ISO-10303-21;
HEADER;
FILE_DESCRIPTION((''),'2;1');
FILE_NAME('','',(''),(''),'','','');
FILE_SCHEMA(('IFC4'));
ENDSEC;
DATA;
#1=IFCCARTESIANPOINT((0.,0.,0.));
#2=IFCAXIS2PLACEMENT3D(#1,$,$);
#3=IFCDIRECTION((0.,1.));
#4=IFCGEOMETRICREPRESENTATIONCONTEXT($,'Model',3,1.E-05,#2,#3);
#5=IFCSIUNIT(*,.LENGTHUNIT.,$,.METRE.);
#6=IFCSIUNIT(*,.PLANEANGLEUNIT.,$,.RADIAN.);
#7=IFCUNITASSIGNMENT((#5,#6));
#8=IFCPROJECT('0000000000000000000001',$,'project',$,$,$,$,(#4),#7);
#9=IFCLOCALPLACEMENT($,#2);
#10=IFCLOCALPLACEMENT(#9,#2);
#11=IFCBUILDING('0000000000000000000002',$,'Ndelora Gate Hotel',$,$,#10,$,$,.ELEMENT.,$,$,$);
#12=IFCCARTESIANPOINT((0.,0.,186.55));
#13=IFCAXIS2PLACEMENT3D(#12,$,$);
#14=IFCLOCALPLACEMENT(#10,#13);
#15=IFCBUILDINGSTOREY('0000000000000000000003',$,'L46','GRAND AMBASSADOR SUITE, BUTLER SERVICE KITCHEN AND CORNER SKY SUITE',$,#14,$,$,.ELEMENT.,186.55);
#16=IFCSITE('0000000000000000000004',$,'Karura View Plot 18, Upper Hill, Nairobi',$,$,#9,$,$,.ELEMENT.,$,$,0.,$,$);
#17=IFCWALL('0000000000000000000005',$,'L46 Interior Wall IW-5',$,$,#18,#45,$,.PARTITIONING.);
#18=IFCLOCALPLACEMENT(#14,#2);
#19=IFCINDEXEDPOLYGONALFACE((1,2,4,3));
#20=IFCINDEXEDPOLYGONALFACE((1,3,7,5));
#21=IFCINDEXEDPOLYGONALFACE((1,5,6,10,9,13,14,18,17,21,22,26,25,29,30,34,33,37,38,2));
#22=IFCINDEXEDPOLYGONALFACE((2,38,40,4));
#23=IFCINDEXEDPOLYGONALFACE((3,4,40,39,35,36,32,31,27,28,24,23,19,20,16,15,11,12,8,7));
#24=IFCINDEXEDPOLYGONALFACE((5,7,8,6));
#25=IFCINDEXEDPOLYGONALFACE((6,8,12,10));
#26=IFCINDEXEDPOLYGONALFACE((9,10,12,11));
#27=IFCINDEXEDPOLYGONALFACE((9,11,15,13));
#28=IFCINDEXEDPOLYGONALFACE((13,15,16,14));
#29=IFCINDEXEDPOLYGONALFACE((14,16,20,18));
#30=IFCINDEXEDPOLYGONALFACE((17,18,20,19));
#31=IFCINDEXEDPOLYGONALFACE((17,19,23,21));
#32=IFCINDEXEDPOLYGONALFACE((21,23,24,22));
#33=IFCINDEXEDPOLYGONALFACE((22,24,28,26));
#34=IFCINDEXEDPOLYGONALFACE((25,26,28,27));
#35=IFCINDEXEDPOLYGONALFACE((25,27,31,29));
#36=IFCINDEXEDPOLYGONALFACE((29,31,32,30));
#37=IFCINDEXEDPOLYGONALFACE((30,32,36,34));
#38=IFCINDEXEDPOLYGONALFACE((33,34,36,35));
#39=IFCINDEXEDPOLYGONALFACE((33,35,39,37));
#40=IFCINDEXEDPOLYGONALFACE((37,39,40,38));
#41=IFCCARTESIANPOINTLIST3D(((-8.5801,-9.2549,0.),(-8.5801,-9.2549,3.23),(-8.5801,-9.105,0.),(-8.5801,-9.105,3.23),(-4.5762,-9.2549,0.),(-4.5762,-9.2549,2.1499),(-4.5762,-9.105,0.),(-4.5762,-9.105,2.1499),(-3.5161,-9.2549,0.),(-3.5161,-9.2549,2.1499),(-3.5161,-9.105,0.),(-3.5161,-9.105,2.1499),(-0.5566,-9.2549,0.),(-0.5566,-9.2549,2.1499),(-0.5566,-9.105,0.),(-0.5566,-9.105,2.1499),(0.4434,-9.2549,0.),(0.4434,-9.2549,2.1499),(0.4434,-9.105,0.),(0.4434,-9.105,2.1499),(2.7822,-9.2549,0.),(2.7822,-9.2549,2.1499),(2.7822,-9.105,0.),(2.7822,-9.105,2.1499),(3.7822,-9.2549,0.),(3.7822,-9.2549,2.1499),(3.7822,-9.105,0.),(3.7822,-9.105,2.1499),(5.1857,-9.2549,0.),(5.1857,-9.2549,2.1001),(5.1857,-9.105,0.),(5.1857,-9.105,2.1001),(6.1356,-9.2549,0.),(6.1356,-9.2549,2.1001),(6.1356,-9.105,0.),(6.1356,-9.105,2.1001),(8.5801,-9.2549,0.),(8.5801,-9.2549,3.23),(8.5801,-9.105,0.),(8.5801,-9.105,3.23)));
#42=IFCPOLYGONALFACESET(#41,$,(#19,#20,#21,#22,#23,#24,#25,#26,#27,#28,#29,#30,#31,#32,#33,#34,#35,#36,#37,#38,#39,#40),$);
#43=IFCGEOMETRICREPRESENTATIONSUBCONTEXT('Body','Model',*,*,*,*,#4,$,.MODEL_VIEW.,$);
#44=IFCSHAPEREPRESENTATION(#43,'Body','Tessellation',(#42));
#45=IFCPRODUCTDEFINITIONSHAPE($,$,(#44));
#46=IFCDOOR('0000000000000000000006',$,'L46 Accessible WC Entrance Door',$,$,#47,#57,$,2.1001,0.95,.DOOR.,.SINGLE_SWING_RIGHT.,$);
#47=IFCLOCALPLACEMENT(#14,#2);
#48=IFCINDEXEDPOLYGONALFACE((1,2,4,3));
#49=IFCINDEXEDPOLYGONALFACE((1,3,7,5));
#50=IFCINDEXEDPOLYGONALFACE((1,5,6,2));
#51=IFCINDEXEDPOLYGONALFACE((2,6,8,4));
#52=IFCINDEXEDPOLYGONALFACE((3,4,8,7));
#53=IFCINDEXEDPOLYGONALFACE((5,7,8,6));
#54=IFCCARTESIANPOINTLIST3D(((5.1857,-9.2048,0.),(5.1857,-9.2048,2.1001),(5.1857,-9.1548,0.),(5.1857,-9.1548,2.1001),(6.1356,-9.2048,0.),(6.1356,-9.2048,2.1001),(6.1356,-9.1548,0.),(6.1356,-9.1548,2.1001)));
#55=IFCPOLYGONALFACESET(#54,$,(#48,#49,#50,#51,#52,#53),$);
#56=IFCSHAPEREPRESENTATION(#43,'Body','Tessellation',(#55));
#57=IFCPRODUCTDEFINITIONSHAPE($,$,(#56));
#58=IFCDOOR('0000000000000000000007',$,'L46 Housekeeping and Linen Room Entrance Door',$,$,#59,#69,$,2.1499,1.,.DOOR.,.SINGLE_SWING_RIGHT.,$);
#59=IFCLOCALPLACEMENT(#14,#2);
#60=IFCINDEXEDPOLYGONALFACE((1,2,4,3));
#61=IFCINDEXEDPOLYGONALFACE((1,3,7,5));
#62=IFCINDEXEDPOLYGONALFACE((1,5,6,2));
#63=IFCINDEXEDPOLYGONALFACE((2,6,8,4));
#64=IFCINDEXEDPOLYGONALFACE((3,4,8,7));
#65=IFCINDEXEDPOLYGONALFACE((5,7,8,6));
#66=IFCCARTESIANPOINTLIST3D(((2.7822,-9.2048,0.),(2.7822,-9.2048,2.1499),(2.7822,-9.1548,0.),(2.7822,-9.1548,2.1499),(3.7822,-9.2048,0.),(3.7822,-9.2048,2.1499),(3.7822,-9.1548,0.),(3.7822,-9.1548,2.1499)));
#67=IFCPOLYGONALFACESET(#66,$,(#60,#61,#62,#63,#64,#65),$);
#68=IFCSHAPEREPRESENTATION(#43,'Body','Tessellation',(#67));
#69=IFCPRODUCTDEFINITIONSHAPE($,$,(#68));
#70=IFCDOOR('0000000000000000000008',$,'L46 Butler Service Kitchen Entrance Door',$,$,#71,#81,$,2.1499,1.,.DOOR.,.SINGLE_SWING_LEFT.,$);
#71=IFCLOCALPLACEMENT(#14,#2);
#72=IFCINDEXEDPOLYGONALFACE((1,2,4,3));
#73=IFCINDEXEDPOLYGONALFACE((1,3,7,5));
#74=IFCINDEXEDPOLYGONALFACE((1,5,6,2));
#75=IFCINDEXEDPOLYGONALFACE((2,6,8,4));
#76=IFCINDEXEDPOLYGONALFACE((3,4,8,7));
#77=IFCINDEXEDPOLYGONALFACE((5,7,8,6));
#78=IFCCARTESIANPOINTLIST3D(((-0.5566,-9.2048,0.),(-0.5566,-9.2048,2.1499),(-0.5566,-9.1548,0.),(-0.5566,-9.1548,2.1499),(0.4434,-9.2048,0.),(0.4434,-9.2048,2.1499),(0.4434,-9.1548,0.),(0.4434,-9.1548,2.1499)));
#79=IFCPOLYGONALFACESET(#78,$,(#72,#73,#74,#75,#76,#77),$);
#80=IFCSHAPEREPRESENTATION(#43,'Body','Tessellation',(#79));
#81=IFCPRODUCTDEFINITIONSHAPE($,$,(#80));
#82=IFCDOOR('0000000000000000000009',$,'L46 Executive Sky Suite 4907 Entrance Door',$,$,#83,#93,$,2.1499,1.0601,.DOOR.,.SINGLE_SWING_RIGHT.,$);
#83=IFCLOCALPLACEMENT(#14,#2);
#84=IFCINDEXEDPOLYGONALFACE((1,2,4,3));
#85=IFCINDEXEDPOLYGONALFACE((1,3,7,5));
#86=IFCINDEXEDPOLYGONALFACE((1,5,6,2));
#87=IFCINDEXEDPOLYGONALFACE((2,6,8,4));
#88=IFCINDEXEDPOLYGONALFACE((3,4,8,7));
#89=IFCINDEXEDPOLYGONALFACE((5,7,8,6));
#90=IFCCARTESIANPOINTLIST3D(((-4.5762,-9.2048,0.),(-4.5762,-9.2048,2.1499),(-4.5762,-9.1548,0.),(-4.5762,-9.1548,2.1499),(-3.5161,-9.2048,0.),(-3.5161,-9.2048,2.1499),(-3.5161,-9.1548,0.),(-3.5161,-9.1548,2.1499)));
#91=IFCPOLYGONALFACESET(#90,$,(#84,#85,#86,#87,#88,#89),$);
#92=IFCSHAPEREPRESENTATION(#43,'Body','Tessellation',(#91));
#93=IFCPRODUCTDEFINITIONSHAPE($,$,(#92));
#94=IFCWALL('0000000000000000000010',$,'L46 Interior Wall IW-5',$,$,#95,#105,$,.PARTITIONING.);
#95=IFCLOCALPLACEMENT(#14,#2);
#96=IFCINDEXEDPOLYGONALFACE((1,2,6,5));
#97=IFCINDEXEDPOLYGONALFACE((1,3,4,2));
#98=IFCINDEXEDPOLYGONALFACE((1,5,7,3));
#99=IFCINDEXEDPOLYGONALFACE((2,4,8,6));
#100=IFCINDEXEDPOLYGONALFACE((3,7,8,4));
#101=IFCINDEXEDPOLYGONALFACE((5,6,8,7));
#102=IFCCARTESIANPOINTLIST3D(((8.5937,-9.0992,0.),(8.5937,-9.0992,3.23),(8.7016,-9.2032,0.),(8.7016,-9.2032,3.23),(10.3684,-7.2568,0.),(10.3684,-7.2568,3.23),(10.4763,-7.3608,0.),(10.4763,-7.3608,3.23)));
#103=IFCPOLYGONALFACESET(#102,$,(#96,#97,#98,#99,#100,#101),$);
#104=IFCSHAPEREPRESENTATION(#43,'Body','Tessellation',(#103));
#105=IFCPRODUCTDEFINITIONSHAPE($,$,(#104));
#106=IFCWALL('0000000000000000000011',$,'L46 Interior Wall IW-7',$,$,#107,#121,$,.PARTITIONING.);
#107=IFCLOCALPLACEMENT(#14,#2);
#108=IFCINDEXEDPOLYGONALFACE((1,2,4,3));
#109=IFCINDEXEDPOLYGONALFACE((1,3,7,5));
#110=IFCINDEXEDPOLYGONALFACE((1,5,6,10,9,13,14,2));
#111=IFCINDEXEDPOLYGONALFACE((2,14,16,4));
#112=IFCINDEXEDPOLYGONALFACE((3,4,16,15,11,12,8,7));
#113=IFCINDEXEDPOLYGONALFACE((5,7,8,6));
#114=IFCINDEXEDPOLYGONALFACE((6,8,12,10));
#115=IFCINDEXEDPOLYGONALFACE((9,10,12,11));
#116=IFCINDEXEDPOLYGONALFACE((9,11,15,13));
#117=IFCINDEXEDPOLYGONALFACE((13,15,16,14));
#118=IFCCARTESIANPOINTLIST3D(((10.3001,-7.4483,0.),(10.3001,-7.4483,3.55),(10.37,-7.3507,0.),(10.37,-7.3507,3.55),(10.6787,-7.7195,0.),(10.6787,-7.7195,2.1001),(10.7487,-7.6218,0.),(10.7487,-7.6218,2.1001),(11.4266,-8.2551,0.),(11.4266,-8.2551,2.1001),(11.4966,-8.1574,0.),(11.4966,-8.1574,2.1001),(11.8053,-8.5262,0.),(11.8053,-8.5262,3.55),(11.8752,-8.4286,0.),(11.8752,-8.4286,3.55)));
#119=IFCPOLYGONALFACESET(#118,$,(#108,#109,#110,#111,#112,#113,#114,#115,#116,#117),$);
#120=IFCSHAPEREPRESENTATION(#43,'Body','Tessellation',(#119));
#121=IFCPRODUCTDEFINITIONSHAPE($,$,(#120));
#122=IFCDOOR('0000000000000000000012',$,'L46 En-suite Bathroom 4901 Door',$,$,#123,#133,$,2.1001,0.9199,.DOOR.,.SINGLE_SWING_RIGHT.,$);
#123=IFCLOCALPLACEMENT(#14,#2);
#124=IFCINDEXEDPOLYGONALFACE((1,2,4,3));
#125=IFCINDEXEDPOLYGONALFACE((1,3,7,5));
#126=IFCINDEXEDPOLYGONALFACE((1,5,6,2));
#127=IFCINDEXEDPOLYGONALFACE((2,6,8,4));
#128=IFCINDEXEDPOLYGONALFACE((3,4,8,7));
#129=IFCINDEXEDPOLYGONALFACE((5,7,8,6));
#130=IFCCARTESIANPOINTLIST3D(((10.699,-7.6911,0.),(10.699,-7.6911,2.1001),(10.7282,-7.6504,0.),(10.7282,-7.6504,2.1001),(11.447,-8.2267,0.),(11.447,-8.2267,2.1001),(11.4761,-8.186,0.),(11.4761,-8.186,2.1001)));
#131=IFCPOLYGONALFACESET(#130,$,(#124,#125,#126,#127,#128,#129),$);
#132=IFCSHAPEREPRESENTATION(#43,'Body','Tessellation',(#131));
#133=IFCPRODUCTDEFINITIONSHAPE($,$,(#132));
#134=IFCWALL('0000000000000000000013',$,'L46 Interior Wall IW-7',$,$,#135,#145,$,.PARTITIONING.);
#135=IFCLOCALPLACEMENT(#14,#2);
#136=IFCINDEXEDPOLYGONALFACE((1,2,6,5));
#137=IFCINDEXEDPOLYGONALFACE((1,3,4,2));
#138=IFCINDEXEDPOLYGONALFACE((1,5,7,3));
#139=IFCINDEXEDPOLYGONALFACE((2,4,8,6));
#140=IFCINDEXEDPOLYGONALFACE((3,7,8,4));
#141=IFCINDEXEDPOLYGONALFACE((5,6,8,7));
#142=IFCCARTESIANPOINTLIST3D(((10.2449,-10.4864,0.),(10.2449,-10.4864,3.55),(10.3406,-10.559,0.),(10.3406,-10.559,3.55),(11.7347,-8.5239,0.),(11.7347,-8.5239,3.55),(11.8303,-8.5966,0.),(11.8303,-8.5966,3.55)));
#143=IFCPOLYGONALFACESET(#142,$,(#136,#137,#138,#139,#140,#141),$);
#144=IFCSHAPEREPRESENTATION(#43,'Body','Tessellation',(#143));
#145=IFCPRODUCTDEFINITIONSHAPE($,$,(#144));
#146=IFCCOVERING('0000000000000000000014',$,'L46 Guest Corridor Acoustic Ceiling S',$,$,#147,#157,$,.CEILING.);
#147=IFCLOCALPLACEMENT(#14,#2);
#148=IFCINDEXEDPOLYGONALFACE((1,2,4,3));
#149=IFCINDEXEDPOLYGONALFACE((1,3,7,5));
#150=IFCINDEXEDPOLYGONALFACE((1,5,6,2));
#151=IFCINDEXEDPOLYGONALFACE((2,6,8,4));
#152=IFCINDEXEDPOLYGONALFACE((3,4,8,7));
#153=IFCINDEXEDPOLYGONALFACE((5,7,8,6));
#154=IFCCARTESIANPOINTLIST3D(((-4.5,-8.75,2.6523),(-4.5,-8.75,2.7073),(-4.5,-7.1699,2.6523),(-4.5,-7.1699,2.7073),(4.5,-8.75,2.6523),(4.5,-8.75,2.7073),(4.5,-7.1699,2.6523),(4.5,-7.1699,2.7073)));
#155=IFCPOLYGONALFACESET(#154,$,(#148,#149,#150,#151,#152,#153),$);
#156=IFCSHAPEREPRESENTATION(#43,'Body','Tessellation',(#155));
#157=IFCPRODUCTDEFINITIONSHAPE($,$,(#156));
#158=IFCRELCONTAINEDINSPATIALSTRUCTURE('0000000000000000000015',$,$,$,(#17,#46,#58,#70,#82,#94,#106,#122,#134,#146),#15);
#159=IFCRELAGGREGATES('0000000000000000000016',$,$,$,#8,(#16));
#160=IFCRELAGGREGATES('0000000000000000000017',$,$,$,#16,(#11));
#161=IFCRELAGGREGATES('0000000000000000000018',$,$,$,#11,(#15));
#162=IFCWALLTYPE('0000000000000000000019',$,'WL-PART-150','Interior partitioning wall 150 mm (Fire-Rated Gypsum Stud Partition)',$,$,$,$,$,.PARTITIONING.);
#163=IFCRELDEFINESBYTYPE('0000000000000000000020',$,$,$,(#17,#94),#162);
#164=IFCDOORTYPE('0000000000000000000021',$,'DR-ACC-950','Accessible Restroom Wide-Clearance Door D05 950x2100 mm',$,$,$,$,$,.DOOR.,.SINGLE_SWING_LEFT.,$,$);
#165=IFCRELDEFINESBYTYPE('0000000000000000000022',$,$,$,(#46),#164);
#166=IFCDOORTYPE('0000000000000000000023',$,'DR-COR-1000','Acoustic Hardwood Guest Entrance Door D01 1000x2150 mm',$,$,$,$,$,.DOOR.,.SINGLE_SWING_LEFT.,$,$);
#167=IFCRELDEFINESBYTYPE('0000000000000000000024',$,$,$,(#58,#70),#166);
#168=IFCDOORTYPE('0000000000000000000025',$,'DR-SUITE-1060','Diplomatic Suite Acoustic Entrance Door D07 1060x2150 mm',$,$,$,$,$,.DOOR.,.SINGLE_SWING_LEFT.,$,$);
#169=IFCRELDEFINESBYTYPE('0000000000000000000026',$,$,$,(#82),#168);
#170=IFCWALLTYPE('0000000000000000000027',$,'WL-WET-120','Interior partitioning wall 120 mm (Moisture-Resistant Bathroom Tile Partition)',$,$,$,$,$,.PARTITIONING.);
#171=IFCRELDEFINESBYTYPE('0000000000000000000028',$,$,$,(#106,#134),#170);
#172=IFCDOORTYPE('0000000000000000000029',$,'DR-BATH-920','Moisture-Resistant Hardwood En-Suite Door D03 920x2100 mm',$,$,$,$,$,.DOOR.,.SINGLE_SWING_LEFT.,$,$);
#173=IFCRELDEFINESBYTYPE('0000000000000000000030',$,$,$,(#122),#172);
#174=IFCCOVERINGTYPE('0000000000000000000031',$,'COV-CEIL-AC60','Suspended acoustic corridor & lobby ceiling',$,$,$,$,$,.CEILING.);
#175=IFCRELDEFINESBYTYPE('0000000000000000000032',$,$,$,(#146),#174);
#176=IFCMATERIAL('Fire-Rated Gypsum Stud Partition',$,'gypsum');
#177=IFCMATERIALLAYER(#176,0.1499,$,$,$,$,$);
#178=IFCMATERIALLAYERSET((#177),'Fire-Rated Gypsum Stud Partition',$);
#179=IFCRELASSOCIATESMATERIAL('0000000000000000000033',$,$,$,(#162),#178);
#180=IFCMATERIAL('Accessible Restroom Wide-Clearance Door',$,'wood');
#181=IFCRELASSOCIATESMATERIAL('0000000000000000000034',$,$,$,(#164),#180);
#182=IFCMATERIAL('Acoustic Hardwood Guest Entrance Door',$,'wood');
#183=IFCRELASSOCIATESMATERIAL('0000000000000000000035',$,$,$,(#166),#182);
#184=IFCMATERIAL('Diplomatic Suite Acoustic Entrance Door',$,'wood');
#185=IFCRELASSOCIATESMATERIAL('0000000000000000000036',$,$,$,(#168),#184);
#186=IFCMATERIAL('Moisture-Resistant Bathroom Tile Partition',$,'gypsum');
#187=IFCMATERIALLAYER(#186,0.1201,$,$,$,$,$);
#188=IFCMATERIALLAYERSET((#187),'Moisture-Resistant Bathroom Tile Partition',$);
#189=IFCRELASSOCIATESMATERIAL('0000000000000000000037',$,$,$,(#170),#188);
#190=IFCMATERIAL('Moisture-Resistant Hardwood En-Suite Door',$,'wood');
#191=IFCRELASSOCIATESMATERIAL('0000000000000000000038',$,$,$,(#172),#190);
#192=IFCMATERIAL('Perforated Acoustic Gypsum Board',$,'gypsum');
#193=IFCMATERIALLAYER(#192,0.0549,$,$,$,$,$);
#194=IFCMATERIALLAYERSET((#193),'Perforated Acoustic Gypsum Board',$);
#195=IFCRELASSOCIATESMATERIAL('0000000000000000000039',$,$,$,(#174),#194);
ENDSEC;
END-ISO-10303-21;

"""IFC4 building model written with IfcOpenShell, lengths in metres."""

from ifc_helpers import new_model, si_unit, direction, frame, frame_2d, origin, origin_2d, place, context, subcontext, project, spatial, rectangle, extrude, material, layer, layer_set, type_object, element, fill, save


model = new_model("IFC4")

# Units and contexts
model_context = context("Model", 3, precision=1e-05, world=origin(), true_north=direction((0.0, 1.0)))
body_context = subcontext(model_context, "Body", "Model", "MODEL_VIEW")
ifc_project = project(units=[si_unit("LENGTHUNIT", "METRE"), si_unit("PLANEANGLEUNIT", "RADIAN")], contexts=[model_context])

# Site, building, storey
site_placement = place(None, origin())
site = spatial("IfcSite", under=ifc_project, at=site_placement, Name="Karura View Plot 18, Upper Hill, Nairobi", CompositionType="ELEMENT", RefElevation=0.0)
building_placement = place(site_placement, origin())
building = spatial("IfcBuilding", under=site, at=building_placement, Name="Ndelora Gate Hotel", CompositionType="ELEMENT")
storey_placement = place(building_placement, frame((0.0, 0.0, 186.55)))
storey = spatial("IfcBuildingStorey", under=building, at=storey_placement, Name="L46", Description="GRAND AMBASSADOR SUITE, BUTLER SERVICE KITCHEN AND CORNER SKY SUITE", CompositionType="ELEMENT", Elevation=186.55)

# Wall, openings, doors
ifc_material_1 = material(Name="Fire-Rated Gypsum Stud Partition", Category="gypsum")
ifc_layer_1 = layer(ifc_material_1, 0.1499)
ifc_layer_set_1 = layer_set([ifc_layer_1], Name="Fire-Rated Gypsum Stud Partition")
wall_type_1 = type_object("IfcWallType", Name="WL-PART-150", Description="Interior partitioning wall 150 mm (Fire-Rated Gypsum Stud Partition)", PredefinedType="PARTITIONING", material=ifc_layer_set_1)
wall_1_placement = place(storey_placement, frame((8.5801, -9.1799, 0.0), z_axis=(0.0, 0.0, 1.0), x_axis=(-1.0, 0.0, 0.0)))
wall_1 = element("IfcWall", 1, at=wall_1_placement, inside=storey, type_object=wall_type_1, Name="L46 Interior Wall IW-5", PredefinedType="PARTITIONING", context=body_context, shape_type="SweptSolid", body=[
    extrude(rectangle(XDim=17.1602, YDim=0.1499, at=frame_2d((8.5801, 0.0))), origin(), (0.0, 0.0, 1.0), 3.23),
])
opening_1_placement = place(wall_1_placement, frame((2.4443, 0.0, 0.0)))
opening_1 = element("IfcOpeningElement", 2, at=opening_1_placement, cuts=wall_1, PredefinedType="OPENING", context=body_context, shape_type="SweptSolid", body=[
    extrude(rectangle(XDim=0.95, YDim=2.1001, at=frame_2d((0.4751, 1.05))), frame((0.0, 0.085, 0.0), z_axis=(0.0, -1.0, 0.0), x_axis=(1.0, 0.0, 0.0)), (0.0, 0.0, 1.0), 0.1699),
])
opening_2_placement = place(wall_1_placement, frame((4.7979, 0.0, 0.0)))
opening_2 = element("IfcOpeningElement", 3, at=opening_2_placement, cuts=wall_1, PredefinedType="OPENING", context=body_context, shape_type="SweptSolid", body=[
    extrude(rectangle(XDim=1.0, YDim=2.1499, at=frame_2d((0.5, 1.075))), frame((0.0, 0.085, 0.0), z_axis=(0.0, -1.0, 0.0), x_axis=(1.0, 0.0, 0.0)), (0.0, 0.0, 1.0), 0.1699),
])
opening_3_placement = place(wall_1_placement, frame((12.0962, 0.0, 0.0)))
opening_3 = element("IfcOpeningElement", 4, at=opening_3_placement, cuts=wall_1, PredefinedType="OPENING", context=body_context, shape_type="SweptSolid", body=[
    extrude(rectangle(XDim=1.0601, YDim=2.1499, at=frame_2d((0.53, 1.075))), frame((0.0, 0.085, 0.0), z_axis=(0.0, -1.0, 0.0), x_axis=(1.0, 0.0, 0.0)), (0.0, 0.0, 1.0), 0.1699),
])
opening_4_placement = place(wall_1_placement, frame((8.1367, 0.0, 0.0)))
opening_4 = element("IfcOpeningElement", 5, at=opening_4_placement, cuts=wall_1, PredefinedType="OPENING", context=body_context, shape_type="SweptSolid", body=[
    extrude(rectangle(XDim=1.0, YDim=2.1499, at=frame_2d((0.5, 1.075))), frame((0.0, 0.085, 0.0), z_axis=(0.0, -1.0, 0.0), x_axis=(1.0, 0.0, 0.0)), (0.0, 0.0, 1.0), 0.1699),
])
ifc_material_2 = material(Name="Accessible Restroom Wide-Clearance Door", Category="wood")
door_type_1 = type_object("IfcDoorType", Name="DR-ACC-950", Description="Accessible Restroom Wide-Clearance Door D05 950x2100 mm", OperationType="SINGLE_SWING_LEFT", PredefinedType="DOOR", material=ifc_material_2)
door_1_placement = place(opening_1_placement, origin())
door_1 = element("IfcDoor", 6, at=door_1_placement, inside=storey, type_object=door_type_1, Name="L46 Accessible WC Entrance Door", OperationType="SINGLE_SWING_RIGHT", OverallHeight=2.1001, OverallWidth=0.95, PredefinedType="DOOR", context=body_context, shape_type="SweptSolid", body=[
    extrude(rectangle(XDim=0.95, YDim=2.1001, at=frame_2d((0.4751, 1.05))), frame((0.0, 0.0249, 0.0), z_axis=(0.0, -1.0, 0.0), x_axis=(1.0, 0.0, 0.0)), (0.0, 0.0, 1.0), 0.05),
])
fill(opening_1, door_1)
ifc_material_3 = material(Name="Acoustic Hardwood Guest Entrance Door", Category="wood")
door_type_2 = type_object("IfcDoorType", Name="DR-COR-1000", Description="Acoustic Hardwood Guest Entrance Door D01 1000x2150 mm", OperationType="SINGLE_SWING_LEFT", PredefinedType="DOOR", material=ifc_material_3)
door_2_placement = place(opening_2_placement, origin())
door_2 = element("IfcDoor", 7, at=door_2_placement, inside=storey, type_object=door_type_2, Name="L46 Housekeeping and Linen Room Entrance Door", OperationType="SINGLE_SWING_RIGHT", OverallHeight=2.1499, OverallWidth=1.0, PredefinedType="DOOR", context=body_context, shape_type="SweptSolid", body=[
    extrude(rectangle(XDim=1.0, YDim=2.1499, at=frame_2d((0.5, 1.075))), frame((0.0, 0.0249, 0.0), z_axis=(0.0, -1.0, 0.0), x_axis=(1.0, 0.0, 0.0)), (0.0, 0.0, 1.0), 0.05),
])
fill(opening_2, door_2)
door_3_placement = place(opening_4_placement, origin())
door_3 = element("IfcDoor", 8, at=door_3_placement, inside=storey, type_object=door_type_2, Name="L46 Butler Service Kitchen Entrance Door", OperationType="SINGLE_SWING_LEFT", OverallHeight=2.1499, OverallWidth=1.0, PredefinedType="DOOR", context=body_context, shape_type="SweptSolid", body=[
    extrude(rectangle(XDim=1.0, YDim=2.1499, at=frame_2d((0.5, 1.075))), frame((0.0, 0.0249, 0.0), z_axis=(0.0, -1.0, 0.0), x_axis=(1.0, 0.0, 0.0)), (0.0, 0.0, 1.0), 0.05),
])
fill(opening_4, door_3)
ifc_material_4 = material(Name="Diplomatic Suite Acoustic Entrance Door", Category="wood")
door_type_3 = type_object("IfcDoorType", Name="DR-SUITE-1060", Description="Diplomatic Suite Acoustic Entrance Door D07 1060x2150 mm", OperationType="SINGLE_SWING_LEFT", PredefinedType="DOOR", material=ifc_material_4)
door_4_placement = place(opening_3_placement, origin())
door_4 = element("IfcDoor", 9, at=door_4_placement, inside=storey, type_object=door_type_3, Name="L46 Executive Sky Suite 4907 Entrance Door", OperationType="SINGLE_SWING_RIGHT", OverallHeight=2.1499, OverallWidth=1.0601, PredefinedType="DOOR", context=body_context, shape_type="SweptSolid", body=[
    extrude(rectangle(XDim=1.0601, YDim=2.1499, at=frame_2d((0.53, 1.075))), frame((0.0, 0.0249, 0.0), z_axis=(0.0, -1.0, 0.0), x_axis=(1.0, 0.0, 0.0)), (0.0, 0.0, 1.0), 0.05),
])
fill(opening_3, door_4)

# Wall
wall_2_placement = place(storey_placement, frame((10.4224, -7.3088, 0.0), z_axis=(0.0, 0.0, 1.0), x_axis=(-0.693765, -0.720202, 0.0)))
element("IfcWall", 10, at=wall_2_placement, inside=storey, type_object=wall_type_1, Name="L46 Interior Wall IW-5", PredefinedType="PARTITIONING", context=body_context, shape_type="SweptSolid", body=[
    extrude(rectangle(XDim=2.5581, YDim=0.1499, at=frame_2d((1.2791, 0.0))), origin(), (0.0, 0.0, 1.0), 3.23),
])

# Wall, opening, door
ifc_material_5 = material(Name="Moisture-Resistant Bathroom Tile Partition", Category="gypsum")
ifc_layer_2 = layer(ifc_material_5, 0.1201)
ifc_layer_set_2 = layer_set([ifc_layer_2], Name="Moisture-Resistant Bathroom Tile Partition")
wall_type_2 = type_object("IfcWallType", Name="WL-WET-120", Description="Interior partitioning wall 120 mm (Moisture-Resistant Bathroom Tile Partition)", PredefinedType="PARTITIONING", material=ifc_layer_set_2)
wall_3_placement = place(storey_placement, frame((10.335, -7.3994, 0.0), z_axis=(0.0, 0.0, 1.0), x_axis=(0.81302, -0.582236, 0.0)))
wall_3 = element("IfcWall", 11, at=wall_3_placement, inside=storey, type_object=wall_type_2, Name="L46 Interior Wall IW-7", PredefinedType="PARTITIONING", context=body_context, shape_type="SweptSolid", body=[
    extrude(rectangle(XDim=1.8513, YDim=0.1201, at=frame_2d((0.9258, 0.0))), origin(), (0.0, 0.0, 1.0), 3.55),
])
opening_5_placement = place(wall_3_placement, frame((0.4658, 0.0, 0.0)))
opening_5 = element("IfcOpeningElement", 12, at=opening_5_placement, cuts=wall_3, PredefinedType="OPENING", context=body_context, shape_type="SweptSolid", body=[
    extrude(rectangle(XDim=0.9199, YDim=2.1001, at=frame_2d((0.46, 1.05))), frame((0.0, 0.0701, 0.0), z_axis=(0.0, -1.0, 0.0), x_axis=(1.0, 0.0, 0.0)), (0.0, 0.0, 1.0), 0.1401),
])
ifc_material_6 = material(Name="Moisture-Resistant Hardwood En-Suite Door", Category="wood")
door_type_4 = type_object("IfcDoorType", Name="DR-BATH-920", Description="Moisture-Resistant Hardwood En-Suite Door D03 920x2100 mm", OperationType="SINGLE_SWING_LEFT", PredefinedType="DOOR", material=ifc_material_6)
door_5_placement = place(opening_5_placement, origin())
door_5 = element("IfcDoor", 13, at=door_5_placement, inside=storey, type_object=door_type_4, Name="L46 En-suite Bathroom 4901 Door", OperationType="SINGLE_SWING_RIGHT", OverallHeight=2.1001, OverallWidth=0.9199, PredefinedType="DOOR", context=body_context, shape_type="SweptSolid", body=[
    extrude(rectangle(XDim=0.9199, YDim=2.1001, at=frame_2d((0.46, 1.05))), frame((0.0, 0.0249, 0.0), z_axis=(0.0, -1.0, 0.0), x_axis=(1.0, 0.0, 0.0)), (0.0, 0.0, 1.0), 0.05),
])
fill(opening_5, door_5)

# Wall
wall_4_placement = place(storey_placement, frame((10.2927, -10.5227, 0.0), z_axis=(0.0, 0.0, 1.0), x_axis=(0.604651, 0.796491, 0.0)))
element("IfcWall", 14, at=wall_4_placement, inside=storey, type_object=wall_type_2, Name="L46 Interior Wall IW-7", PredefinedType="PARTITIONING", context=body_context, shape_type="SweptSolid", body=[
    extrude(rectangle(XDim=2.4639, YDim=0.1201, at=frame_2d((1.2319, 0.0))), origin(), (0.0, 0.0, 1.0), 3.55),
])

# Covering
ifc_material_7 = material(Name="Perforated Acoustic Gypsum Board", Category="gypsum")
ifc_layer_3 = layer(ifc_material_7, 0.0549)
ifc_layer_set_3 = layer_set([ifc_layer_3], Name="Perforated Acoustic Gypsum Board")
covering_type_1 = type_object("IfcCoveringType", Name="COV-CEIL-AC60", Description="Suspended acoustic corridor & lobby ceiling", PredefinedType="CEILING", material=ifc_layer_set_3)
covering_1_placement = place(storey_placement, frame((0.0, -7.96, 2.6523), z_axis=(0.0, 0.0, 1.0), x_axis=(1.0, 0.0, 0.0)))
element("IfcCovering", 15, at=covering_1_placement, inside=storey, type_object=covering_type_1, Name="L46 Guest Corridor Acoustic Ceiling S", PredefinedType="CEILING", context=body_context, shape_type="SweptSolid", body=[
    extrude(rectangle(XDim=9.0, YDim=1.5801, at=origin_2d()), origin(), (0.0, 0.0, 1.0), 0.0549),
])

save(model, "model.ifc")
